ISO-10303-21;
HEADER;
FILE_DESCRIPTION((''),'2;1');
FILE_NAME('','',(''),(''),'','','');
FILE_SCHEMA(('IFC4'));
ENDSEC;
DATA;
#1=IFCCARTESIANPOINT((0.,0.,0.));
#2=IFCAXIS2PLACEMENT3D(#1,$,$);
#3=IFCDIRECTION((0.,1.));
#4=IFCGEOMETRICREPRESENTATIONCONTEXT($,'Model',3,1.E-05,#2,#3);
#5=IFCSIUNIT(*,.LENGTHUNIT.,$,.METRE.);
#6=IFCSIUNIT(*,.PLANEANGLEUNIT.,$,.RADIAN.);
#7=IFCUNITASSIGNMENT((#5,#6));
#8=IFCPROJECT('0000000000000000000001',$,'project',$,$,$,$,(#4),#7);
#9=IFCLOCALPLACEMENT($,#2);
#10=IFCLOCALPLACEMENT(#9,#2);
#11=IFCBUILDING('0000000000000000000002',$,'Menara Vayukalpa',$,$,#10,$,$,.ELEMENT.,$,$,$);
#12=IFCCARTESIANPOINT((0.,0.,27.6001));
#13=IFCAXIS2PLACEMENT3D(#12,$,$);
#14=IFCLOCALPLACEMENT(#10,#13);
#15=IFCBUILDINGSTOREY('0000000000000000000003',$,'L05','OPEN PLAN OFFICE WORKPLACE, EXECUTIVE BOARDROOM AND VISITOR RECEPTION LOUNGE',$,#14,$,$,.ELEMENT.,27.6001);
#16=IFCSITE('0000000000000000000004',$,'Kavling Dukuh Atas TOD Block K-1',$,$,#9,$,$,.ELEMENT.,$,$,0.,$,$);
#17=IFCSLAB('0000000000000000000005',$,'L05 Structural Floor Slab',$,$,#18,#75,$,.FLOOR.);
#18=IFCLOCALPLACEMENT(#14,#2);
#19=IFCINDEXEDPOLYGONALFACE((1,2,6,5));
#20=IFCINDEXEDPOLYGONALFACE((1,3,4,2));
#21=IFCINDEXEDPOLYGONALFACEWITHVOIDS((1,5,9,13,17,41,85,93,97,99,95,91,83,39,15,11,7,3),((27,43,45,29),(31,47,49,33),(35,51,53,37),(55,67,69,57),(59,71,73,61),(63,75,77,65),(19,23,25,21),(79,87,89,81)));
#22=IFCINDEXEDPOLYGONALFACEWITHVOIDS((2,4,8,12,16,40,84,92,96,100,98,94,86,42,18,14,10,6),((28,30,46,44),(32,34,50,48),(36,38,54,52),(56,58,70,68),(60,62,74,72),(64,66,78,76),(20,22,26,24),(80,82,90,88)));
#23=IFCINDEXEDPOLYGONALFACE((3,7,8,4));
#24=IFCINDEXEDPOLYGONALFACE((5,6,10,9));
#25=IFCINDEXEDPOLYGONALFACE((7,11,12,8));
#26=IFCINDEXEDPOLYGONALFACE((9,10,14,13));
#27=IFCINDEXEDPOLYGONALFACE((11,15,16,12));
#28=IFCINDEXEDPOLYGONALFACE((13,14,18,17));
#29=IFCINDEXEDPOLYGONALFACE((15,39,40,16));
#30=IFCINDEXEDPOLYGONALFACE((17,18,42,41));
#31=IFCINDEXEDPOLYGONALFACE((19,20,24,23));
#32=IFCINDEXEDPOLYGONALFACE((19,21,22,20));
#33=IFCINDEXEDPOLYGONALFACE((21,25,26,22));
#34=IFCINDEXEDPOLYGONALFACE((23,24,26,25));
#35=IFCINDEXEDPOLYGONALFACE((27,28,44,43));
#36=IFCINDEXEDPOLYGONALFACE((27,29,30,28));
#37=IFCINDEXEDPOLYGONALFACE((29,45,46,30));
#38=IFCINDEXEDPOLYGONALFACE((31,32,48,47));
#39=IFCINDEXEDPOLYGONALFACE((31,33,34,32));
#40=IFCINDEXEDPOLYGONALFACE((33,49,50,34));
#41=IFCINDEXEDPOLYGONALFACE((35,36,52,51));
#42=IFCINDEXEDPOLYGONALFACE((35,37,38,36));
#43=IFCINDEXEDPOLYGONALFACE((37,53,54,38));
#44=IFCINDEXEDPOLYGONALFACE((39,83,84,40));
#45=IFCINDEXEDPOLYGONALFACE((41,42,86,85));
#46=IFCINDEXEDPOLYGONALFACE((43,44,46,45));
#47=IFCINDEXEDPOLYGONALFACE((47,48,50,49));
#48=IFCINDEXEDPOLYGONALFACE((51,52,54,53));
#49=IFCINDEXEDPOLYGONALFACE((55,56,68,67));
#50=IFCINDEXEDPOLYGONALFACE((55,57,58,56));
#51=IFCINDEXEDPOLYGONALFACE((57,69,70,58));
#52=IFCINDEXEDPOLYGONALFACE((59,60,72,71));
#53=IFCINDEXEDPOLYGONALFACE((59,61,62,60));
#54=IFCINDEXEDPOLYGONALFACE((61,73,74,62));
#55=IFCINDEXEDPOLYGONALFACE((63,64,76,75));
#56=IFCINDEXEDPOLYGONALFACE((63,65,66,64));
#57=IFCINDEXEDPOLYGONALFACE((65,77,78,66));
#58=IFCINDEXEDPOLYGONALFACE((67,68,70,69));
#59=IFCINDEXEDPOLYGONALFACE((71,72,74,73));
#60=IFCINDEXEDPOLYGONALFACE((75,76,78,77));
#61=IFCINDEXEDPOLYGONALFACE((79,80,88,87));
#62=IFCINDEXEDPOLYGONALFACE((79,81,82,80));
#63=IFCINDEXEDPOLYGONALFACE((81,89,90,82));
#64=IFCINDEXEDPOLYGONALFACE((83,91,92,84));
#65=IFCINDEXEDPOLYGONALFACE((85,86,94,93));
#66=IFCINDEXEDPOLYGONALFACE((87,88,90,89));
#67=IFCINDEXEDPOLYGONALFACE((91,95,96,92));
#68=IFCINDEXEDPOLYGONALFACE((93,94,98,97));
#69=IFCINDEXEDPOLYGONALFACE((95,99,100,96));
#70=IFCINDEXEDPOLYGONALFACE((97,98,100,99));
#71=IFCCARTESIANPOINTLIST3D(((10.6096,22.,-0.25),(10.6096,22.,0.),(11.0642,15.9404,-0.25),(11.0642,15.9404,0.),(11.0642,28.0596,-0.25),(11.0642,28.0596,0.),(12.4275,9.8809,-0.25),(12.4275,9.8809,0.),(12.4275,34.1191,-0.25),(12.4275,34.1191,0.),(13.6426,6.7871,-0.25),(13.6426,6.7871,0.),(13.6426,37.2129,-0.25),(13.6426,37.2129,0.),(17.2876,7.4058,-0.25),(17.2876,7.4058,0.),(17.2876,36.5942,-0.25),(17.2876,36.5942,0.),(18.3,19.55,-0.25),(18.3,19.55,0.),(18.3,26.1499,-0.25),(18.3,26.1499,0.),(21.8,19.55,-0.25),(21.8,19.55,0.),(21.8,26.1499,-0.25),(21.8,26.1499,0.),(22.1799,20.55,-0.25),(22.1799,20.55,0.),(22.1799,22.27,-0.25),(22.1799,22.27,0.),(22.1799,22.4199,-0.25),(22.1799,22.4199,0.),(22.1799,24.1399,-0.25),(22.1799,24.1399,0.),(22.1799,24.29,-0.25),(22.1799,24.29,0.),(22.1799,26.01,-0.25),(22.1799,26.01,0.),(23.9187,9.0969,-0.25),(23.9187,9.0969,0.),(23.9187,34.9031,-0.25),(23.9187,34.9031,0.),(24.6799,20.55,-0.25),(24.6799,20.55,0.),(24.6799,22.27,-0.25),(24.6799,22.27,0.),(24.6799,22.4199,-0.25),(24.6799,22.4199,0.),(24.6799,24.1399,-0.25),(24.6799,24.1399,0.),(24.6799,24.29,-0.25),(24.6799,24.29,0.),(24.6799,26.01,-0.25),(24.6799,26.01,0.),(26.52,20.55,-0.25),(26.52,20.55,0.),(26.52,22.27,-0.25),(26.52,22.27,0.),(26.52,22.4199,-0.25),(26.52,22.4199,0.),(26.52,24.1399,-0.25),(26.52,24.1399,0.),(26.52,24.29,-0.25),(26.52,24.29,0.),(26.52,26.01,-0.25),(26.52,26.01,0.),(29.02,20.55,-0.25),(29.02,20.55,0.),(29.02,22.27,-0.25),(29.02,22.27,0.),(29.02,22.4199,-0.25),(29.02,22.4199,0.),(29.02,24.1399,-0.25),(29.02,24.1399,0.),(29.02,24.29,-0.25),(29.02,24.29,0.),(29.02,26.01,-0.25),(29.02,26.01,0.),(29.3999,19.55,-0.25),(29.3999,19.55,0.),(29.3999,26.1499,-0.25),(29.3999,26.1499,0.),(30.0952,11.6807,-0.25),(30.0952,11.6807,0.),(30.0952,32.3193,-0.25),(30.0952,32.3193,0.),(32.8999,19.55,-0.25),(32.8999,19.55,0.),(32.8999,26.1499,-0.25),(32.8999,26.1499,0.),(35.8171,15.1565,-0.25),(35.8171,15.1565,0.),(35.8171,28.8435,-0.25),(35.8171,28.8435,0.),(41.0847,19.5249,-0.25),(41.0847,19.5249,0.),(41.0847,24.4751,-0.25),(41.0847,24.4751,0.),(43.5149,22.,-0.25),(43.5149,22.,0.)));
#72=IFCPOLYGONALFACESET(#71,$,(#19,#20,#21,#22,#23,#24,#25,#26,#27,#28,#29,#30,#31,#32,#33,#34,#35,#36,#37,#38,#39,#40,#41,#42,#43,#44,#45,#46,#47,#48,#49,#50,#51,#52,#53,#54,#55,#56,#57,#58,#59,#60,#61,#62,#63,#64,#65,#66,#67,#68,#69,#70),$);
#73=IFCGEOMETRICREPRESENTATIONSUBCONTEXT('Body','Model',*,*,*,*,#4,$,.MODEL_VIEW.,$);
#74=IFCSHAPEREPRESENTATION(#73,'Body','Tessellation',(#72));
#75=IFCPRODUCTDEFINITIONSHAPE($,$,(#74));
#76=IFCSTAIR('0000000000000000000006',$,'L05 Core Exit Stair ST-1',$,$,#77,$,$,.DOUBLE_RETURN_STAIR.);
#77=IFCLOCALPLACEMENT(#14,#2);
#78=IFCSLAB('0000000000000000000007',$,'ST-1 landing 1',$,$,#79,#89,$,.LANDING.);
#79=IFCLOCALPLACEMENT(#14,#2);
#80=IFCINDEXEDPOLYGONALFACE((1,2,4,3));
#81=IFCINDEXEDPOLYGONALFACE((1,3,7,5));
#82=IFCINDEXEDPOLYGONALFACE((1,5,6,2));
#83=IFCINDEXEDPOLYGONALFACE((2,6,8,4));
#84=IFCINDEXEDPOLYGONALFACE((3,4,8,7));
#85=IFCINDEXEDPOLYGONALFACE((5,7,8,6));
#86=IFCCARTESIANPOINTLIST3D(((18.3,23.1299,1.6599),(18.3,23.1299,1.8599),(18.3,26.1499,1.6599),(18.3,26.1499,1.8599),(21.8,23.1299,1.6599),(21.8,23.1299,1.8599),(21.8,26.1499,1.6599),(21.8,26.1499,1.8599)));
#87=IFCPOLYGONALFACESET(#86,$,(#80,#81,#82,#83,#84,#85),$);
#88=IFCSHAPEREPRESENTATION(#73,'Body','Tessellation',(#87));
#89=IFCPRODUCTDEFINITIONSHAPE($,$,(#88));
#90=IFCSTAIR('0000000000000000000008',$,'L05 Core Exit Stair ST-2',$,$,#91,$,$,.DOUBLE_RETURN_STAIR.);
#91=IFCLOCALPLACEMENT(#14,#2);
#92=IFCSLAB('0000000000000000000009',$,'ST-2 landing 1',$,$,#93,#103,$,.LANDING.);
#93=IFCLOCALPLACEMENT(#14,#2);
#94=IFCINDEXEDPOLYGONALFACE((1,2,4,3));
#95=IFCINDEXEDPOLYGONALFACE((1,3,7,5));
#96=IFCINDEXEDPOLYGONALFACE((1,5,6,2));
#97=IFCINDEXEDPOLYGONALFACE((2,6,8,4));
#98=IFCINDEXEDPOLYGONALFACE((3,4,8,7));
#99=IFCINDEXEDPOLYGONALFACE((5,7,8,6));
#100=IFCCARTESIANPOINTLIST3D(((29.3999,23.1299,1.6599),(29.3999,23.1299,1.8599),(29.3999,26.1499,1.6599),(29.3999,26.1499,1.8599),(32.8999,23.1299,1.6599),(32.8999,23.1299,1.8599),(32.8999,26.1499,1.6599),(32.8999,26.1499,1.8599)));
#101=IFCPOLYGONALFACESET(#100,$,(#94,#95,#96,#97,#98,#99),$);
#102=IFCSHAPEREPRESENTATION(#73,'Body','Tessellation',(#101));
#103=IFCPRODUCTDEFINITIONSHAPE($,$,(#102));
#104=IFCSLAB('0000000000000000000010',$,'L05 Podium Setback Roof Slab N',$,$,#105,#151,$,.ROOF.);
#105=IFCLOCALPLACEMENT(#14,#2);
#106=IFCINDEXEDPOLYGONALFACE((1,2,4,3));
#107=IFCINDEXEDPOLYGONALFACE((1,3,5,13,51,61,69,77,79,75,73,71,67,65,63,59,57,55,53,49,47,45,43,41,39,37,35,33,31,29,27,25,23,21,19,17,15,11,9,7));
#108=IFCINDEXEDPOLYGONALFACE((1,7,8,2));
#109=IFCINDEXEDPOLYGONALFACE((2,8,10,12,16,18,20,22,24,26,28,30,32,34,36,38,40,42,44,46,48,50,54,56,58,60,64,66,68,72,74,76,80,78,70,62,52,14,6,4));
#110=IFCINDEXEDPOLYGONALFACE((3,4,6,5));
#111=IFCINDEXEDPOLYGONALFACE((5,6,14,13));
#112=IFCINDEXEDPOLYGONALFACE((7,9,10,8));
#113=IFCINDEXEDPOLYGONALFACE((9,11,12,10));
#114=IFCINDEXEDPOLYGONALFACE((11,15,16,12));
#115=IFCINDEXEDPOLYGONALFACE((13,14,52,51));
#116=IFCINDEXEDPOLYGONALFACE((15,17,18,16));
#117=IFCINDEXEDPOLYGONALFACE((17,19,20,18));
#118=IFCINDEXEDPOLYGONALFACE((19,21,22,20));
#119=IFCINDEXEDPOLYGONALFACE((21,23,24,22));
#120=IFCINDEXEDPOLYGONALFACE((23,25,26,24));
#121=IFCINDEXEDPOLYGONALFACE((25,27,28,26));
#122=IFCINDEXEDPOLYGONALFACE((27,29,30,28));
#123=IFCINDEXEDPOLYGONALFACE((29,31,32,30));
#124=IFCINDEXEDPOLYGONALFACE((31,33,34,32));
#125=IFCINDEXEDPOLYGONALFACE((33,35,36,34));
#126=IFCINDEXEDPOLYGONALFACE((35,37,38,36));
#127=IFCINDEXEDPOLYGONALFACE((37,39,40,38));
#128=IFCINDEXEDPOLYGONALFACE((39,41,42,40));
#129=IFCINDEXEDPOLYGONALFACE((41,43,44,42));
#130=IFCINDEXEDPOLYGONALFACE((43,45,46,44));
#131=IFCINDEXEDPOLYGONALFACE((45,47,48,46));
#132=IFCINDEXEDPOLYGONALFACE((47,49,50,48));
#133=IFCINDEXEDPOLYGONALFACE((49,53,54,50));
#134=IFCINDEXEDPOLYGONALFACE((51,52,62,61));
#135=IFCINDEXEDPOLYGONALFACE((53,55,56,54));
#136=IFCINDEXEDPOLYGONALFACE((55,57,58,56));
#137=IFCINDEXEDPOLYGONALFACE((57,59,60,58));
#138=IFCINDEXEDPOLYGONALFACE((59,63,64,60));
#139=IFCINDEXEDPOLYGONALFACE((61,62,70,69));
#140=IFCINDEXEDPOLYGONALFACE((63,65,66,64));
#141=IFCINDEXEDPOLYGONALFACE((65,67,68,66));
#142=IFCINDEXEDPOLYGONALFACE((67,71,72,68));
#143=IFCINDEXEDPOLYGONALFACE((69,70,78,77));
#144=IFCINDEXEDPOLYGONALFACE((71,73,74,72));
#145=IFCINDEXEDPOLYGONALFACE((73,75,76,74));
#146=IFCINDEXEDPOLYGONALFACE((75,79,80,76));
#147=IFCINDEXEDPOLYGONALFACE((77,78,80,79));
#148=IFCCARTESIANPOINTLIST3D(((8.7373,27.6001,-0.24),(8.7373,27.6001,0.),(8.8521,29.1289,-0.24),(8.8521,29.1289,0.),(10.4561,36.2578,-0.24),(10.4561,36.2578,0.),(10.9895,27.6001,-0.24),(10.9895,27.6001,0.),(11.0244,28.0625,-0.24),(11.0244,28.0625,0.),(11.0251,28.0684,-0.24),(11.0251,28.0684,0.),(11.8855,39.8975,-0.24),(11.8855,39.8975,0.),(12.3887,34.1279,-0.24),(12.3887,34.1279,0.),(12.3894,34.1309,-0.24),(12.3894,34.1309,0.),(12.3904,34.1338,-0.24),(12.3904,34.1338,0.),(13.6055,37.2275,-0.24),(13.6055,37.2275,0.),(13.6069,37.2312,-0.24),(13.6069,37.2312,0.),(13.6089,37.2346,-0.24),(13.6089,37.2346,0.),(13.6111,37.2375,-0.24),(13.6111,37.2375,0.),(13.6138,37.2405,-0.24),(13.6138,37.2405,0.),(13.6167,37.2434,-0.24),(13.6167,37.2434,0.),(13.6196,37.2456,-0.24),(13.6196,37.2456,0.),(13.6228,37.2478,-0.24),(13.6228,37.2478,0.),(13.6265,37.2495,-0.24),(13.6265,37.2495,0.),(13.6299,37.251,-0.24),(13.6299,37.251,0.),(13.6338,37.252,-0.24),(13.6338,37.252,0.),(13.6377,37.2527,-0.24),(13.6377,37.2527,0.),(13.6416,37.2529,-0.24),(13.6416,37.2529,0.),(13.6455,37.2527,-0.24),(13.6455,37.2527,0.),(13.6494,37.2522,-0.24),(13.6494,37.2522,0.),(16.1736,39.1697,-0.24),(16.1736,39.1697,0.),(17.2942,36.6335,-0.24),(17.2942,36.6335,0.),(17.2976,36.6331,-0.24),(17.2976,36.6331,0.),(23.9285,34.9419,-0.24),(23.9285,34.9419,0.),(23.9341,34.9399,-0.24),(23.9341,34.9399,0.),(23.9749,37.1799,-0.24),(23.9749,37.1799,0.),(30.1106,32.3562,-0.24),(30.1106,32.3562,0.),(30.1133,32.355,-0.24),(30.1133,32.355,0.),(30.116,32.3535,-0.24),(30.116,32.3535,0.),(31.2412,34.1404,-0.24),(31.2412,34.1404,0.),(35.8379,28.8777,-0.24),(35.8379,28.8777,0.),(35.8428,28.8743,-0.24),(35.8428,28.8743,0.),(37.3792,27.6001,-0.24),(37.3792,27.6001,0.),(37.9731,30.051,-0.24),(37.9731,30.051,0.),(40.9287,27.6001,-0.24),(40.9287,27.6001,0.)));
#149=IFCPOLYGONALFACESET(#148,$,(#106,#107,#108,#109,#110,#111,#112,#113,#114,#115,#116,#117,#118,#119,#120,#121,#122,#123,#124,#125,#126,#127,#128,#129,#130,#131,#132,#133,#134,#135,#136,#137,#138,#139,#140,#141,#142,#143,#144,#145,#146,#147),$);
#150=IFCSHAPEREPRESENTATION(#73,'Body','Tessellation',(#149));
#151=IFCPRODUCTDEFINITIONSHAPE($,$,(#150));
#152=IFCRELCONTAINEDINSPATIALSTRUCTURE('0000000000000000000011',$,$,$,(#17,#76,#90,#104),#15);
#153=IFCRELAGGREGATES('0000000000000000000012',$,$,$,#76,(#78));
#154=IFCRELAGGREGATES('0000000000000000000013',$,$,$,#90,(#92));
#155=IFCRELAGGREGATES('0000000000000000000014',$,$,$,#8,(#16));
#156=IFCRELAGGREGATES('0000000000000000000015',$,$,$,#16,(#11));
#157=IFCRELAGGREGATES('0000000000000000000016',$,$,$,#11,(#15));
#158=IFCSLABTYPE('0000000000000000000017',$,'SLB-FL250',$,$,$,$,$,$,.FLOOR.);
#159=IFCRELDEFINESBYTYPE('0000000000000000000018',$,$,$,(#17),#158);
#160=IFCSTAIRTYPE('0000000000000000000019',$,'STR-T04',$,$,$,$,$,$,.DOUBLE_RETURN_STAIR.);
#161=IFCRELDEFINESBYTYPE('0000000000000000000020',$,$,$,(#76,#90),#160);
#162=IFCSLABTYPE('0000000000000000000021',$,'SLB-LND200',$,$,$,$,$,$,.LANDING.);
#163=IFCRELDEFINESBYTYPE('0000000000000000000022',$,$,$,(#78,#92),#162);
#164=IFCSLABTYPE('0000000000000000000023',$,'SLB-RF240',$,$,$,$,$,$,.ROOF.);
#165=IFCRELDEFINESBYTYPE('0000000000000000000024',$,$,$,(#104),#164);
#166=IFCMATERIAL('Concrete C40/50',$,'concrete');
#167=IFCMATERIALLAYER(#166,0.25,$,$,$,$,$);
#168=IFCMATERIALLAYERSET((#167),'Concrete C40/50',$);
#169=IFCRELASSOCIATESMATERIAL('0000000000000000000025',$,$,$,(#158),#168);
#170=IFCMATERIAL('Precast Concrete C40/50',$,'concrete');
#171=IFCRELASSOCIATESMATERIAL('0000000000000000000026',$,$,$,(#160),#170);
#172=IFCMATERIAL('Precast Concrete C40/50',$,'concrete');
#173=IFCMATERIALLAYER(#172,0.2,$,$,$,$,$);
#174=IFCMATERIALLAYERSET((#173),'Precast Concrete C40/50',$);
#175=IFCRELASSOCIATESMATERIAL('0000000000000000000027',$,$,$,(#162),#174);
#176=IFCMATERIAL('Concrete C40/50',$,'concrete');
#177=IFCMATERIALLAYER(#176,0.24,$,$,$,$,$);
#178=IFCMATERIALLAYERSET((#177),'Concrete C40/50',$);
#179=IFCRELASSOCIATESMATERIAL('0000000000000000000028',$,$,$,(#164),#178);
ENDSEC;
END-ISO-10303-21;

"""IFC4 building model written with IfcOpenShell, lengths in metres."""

from ifc_helpers import new_model, si_unit, direction, frame, origin, place, context, subcontext, project, spatial, polyline, outline, extrude, material, layer, layer_set, type_object, element, aggregate, save


model = new_model("IFC4")

# Units and contexts
model_context = context("Model", 3, precision=1e-05, world=origin(), true_north=direction((0.0, 1.0)))
body_context = subcontext(model_context, "Body", "Model", "MODEL_VIEW")
ifc_project = project(units=[si_unit("LENGTHUNIT", "METRE"), si_unit("PLANEANGLEUNIT", "RADIAN")], contexts=[model_context])

# Site, building, storey
site_placement = place(None, origin())
site = spatial("IfcSite", under=ifc_project, at=site_placement, Name="Kavling Dukuh Atas TOD Block K-1", CompositionType="ELEMENT", RefElevation=0.0)
building_placement = place(site_placement, origin())
building = spatial("IfcBuilding", under=site, at=building_placement, Name="Menara Vayukalpa", CompositionType="ELEMENT")
storey_placement = place(building_placement, frame((0.0, 0.0, 27.6001)))
storey = spatial("IfcBuildingStorey", under=building, at=storey_placement, Name="L05", Description="OPEN PLAN OFFICE WORKPLACE, EXECUTIVE BOARDROOM AND VISITOR RECEPTION LOUNGE", CompositionType="ELEMENT", Elevation=27.6001)

# Slab
ifc_material_1 = material(Name="Concrete C40/50", Category="concrete")
ifc_layer_1 = layer(ifc_material_1, 0.25)
ifc_layer_set_1 = layer_set([ifc_layer_1], Name="Concrete C40/50")
slab_type_1 = type_object("IfcSlabType", Name="SLB-FL250", PredefinedType="FLOOR", material=ifc_layer_set_1)
slab_1_placement = place(storey_placement, frame((0.0, 0.0, -0.25)))
element("IfcSlab", 1, at=slab_1_placement, inside=storey, type_object=slab_type_1, Name="L05 Structural Floor Slab", PredefinedType="FLOOR", context=body_context, shape_type="SweptSolid", body=[
    extrude(outline(polyline([(41.0847, 19.5249), (43.5149, 22.0), (41.0847, 24.4751), (35.8171, 28.8435), (30.0952, 32.3193), (23.9187, 34.9031), (17.2876, 36.5942), (13.6426, 37.2129), (12.4275, 34.1191), (11.0642, 28.0596), (10.6096, 22.0), (11.0642, 15.9404), (12.4275, 9.8809), (13.6426, 6.7871), (17.2876, 7.4058), (23.9187, 9.0969), (30.0952, 11.6807), (35.8171, 15.1565), (41.0847, 19.5249)]), holes=[polyline([(21.8, 19.55), (21.8, 26.1499), (18.3, 26.1499), (18.3, 19.55), (21.8, 19.55)]), polyline([(32.8999, 19.55), (32.8999, 26.1499), (29.3999, 26.1499), (29.3999, 19.55), (32.8999, 19.55)]), polyline([(22.1799, 20.55), (24.6799, 20.55), (24.6799, 22.27), (22.1799, 22.27), (22.1799, 20.55)]), polyline([(26.52, 20.55), (29.02, 20.55), (29.02, 22.27), (26.52, 22.27), (26.52, 20.55)]), polyline([(22.1799, 22.4199), (24.6799, 22.4199), (24.6799, 24.1399), (22.1799, 24.1399), (22.1799, 22.4199)]), polyline([(22.1799, 24.29), (24.6799, 24.29), (24.6799, 26.01), (22.1799, 26.01), (22.1799, 24.29)]), polyline([(26.52, 24.29), (29.02, 24.29), (29.02, 26.01), (26.52, 26.01), (26.52, 24.29)]), polyline([(26.52, 22.4199), (29.02, 22.4199), (29.02, 24.1399), (26.52, 24.1399), (26.52, 22.4199)])]), origin(), (0.0, 0.0, 1.0), 0.25),
])

# Stairs, slabs
ifc_material_2 = material(Name="Precast Concrete C40/50", Category="concrete")
stair_type = type_object("IfcStairType", Name="STR-T04", PredefinedType="DOUBLE_RETURN_STAIR", material=ifc_material_2)
stair_1_placement = place(storey_placement, origin())
stair_1 = element("IfcStair", 2, at=stair_1_placement, inside=storey, type_object=stair_type, Name="L05 Core Exit Stair ST-1", PredefinedType="DOUBLE_RETURN_STAIR")
ifc_material_3 = material(Name="Precast Concrete C40/50", Category="concrete")
ifc_layer_2 = layer(ifc_material_3, 0.2)
ifc_layer_set_2 = layer_set([ifc_layer_2], Name="Precast Concrete C40/50")
slab_type_2 = type_object("IfcSlabType", Name="SLB-LND200", PredefinedType="LANDING", material=ifc_layer_set_2)
slab_2_placement = place(storey_placement, frame((0.0, 0.0, 1.6599)))
slab_2 = element("IfcSlab", 3, at=slab_2_placement, type_object=slab_type_2, Name="ST-1 landing 1", PredefinedType="LANDING", context=body_context, shape_type="SweptSolid", body=[
    extrude(outline(polyline([(21.8, 23.1299), (21.8, 26.1499), (18.3, 26.1499), (18.3, 23.1299), (21.8, 23.1299)])), origin(), (0.0, 0.0, 1.0), 0.2),
])
aggregate(stair_1, [slab_2])
stair_2_placement = place(storey_placement, origin())
stair_2 = element("IfcStair", 4, at=stair_2_placement, inside=storey, type_object=stair_type, Name="L05 Core Exit Stair ST-2", PredefinedType="DOUBLE_RETURN_STAIR")
slab_3_placement = place(storey_placement, frame((0.0, 0.0, 1.6599)))
slab_3 = element("IfcSlab", 5, at=slab_3_placement, type_object=slab_type_2, Name="ST-2 landing 1", PredefinedType="LANDING", context=body_context, shape_type="SweptSolid", body=[
    extrude(outline(polyline([(32.8999, 23.1299), (32.8999, 26.1499), (29.3999, 26.1499), (29.3999, 23.1299), (32.8999, 23.1299)])), origin(), (0.0, 0.0, 1.0), 0.2),
])
aggregate(stair_2, [slab_3])

# Slab
ifc_material_4 = material(Name="Concrete C40/50", Category="concrete")
ifc_layer_3 = layer(ifc_material_4, 0.24)
ifc_layer_set_3 = layer_set([ifc_layer_3], Name="Concrete C40/50")
slab_type_3 = type_object("IfcSlabType", Name="SLB-RF240", PredefinedType="ROOF", material=ifc_layer_set_3)
slab_4_placement = place(storey_placement, frame((0.0, 0.0, -0.24)))
element("IfcSlab", 6, at=slab_4_placement, inside=storey, type_object=slab_type_3, Name="L05 Podium Setback Roof Slab N", PredefinedType="ROOF", context=body_context, shape_type="SweptSolid", body=[
    extrude(outline(polyline([(8.8521, 29.1289), (10.4561, 36.2578), (11.8855, 39.8975), (16.1736, 39.1697), (23.9749, 37.1799), (31.2412, 34.1404), (37.9731, 30.051), (40.9287, 27.6001), (37.3792, 27.6001), (35.8428, 28.8743), (35.8379, 28.8777), (30.116, 32.3535), (30.1133, 32.355), (30.1106, 32.3562), (23.9341, 34.9399), (23.9285, 34.9419), (17.2976, 36.6331), (17.2942, 36.6335), (13.6494, 37.2522), (13.6455, 37.2527), (13.6416, 37.2529), (13.6377, 37.2527), (13.6338, 37.252), (13.6299, 37.251), (13.6265, 37.2495), (13.6228, 37.2478), (13.6196, 37.2456), (13.6167, 37.2434), (13.6138, 37.2405), (13.6111, 37.2375), (13.6089, 37.2346), (13.6069, 37.2312), (13.6055, 37.2275), (12.3904, 34.1338), (12.3894, 34.1309), (12.3887, 34.1279), (11.0251, 28.0684), (11.0244, 28.0625), (10.9895, 27.6001), (8.7373, 27.6001), (8.8521, 29.1289)])), origin(), (0.0, 0.0, 1.0), 0.24),
])

save(model, "model.ifc")
